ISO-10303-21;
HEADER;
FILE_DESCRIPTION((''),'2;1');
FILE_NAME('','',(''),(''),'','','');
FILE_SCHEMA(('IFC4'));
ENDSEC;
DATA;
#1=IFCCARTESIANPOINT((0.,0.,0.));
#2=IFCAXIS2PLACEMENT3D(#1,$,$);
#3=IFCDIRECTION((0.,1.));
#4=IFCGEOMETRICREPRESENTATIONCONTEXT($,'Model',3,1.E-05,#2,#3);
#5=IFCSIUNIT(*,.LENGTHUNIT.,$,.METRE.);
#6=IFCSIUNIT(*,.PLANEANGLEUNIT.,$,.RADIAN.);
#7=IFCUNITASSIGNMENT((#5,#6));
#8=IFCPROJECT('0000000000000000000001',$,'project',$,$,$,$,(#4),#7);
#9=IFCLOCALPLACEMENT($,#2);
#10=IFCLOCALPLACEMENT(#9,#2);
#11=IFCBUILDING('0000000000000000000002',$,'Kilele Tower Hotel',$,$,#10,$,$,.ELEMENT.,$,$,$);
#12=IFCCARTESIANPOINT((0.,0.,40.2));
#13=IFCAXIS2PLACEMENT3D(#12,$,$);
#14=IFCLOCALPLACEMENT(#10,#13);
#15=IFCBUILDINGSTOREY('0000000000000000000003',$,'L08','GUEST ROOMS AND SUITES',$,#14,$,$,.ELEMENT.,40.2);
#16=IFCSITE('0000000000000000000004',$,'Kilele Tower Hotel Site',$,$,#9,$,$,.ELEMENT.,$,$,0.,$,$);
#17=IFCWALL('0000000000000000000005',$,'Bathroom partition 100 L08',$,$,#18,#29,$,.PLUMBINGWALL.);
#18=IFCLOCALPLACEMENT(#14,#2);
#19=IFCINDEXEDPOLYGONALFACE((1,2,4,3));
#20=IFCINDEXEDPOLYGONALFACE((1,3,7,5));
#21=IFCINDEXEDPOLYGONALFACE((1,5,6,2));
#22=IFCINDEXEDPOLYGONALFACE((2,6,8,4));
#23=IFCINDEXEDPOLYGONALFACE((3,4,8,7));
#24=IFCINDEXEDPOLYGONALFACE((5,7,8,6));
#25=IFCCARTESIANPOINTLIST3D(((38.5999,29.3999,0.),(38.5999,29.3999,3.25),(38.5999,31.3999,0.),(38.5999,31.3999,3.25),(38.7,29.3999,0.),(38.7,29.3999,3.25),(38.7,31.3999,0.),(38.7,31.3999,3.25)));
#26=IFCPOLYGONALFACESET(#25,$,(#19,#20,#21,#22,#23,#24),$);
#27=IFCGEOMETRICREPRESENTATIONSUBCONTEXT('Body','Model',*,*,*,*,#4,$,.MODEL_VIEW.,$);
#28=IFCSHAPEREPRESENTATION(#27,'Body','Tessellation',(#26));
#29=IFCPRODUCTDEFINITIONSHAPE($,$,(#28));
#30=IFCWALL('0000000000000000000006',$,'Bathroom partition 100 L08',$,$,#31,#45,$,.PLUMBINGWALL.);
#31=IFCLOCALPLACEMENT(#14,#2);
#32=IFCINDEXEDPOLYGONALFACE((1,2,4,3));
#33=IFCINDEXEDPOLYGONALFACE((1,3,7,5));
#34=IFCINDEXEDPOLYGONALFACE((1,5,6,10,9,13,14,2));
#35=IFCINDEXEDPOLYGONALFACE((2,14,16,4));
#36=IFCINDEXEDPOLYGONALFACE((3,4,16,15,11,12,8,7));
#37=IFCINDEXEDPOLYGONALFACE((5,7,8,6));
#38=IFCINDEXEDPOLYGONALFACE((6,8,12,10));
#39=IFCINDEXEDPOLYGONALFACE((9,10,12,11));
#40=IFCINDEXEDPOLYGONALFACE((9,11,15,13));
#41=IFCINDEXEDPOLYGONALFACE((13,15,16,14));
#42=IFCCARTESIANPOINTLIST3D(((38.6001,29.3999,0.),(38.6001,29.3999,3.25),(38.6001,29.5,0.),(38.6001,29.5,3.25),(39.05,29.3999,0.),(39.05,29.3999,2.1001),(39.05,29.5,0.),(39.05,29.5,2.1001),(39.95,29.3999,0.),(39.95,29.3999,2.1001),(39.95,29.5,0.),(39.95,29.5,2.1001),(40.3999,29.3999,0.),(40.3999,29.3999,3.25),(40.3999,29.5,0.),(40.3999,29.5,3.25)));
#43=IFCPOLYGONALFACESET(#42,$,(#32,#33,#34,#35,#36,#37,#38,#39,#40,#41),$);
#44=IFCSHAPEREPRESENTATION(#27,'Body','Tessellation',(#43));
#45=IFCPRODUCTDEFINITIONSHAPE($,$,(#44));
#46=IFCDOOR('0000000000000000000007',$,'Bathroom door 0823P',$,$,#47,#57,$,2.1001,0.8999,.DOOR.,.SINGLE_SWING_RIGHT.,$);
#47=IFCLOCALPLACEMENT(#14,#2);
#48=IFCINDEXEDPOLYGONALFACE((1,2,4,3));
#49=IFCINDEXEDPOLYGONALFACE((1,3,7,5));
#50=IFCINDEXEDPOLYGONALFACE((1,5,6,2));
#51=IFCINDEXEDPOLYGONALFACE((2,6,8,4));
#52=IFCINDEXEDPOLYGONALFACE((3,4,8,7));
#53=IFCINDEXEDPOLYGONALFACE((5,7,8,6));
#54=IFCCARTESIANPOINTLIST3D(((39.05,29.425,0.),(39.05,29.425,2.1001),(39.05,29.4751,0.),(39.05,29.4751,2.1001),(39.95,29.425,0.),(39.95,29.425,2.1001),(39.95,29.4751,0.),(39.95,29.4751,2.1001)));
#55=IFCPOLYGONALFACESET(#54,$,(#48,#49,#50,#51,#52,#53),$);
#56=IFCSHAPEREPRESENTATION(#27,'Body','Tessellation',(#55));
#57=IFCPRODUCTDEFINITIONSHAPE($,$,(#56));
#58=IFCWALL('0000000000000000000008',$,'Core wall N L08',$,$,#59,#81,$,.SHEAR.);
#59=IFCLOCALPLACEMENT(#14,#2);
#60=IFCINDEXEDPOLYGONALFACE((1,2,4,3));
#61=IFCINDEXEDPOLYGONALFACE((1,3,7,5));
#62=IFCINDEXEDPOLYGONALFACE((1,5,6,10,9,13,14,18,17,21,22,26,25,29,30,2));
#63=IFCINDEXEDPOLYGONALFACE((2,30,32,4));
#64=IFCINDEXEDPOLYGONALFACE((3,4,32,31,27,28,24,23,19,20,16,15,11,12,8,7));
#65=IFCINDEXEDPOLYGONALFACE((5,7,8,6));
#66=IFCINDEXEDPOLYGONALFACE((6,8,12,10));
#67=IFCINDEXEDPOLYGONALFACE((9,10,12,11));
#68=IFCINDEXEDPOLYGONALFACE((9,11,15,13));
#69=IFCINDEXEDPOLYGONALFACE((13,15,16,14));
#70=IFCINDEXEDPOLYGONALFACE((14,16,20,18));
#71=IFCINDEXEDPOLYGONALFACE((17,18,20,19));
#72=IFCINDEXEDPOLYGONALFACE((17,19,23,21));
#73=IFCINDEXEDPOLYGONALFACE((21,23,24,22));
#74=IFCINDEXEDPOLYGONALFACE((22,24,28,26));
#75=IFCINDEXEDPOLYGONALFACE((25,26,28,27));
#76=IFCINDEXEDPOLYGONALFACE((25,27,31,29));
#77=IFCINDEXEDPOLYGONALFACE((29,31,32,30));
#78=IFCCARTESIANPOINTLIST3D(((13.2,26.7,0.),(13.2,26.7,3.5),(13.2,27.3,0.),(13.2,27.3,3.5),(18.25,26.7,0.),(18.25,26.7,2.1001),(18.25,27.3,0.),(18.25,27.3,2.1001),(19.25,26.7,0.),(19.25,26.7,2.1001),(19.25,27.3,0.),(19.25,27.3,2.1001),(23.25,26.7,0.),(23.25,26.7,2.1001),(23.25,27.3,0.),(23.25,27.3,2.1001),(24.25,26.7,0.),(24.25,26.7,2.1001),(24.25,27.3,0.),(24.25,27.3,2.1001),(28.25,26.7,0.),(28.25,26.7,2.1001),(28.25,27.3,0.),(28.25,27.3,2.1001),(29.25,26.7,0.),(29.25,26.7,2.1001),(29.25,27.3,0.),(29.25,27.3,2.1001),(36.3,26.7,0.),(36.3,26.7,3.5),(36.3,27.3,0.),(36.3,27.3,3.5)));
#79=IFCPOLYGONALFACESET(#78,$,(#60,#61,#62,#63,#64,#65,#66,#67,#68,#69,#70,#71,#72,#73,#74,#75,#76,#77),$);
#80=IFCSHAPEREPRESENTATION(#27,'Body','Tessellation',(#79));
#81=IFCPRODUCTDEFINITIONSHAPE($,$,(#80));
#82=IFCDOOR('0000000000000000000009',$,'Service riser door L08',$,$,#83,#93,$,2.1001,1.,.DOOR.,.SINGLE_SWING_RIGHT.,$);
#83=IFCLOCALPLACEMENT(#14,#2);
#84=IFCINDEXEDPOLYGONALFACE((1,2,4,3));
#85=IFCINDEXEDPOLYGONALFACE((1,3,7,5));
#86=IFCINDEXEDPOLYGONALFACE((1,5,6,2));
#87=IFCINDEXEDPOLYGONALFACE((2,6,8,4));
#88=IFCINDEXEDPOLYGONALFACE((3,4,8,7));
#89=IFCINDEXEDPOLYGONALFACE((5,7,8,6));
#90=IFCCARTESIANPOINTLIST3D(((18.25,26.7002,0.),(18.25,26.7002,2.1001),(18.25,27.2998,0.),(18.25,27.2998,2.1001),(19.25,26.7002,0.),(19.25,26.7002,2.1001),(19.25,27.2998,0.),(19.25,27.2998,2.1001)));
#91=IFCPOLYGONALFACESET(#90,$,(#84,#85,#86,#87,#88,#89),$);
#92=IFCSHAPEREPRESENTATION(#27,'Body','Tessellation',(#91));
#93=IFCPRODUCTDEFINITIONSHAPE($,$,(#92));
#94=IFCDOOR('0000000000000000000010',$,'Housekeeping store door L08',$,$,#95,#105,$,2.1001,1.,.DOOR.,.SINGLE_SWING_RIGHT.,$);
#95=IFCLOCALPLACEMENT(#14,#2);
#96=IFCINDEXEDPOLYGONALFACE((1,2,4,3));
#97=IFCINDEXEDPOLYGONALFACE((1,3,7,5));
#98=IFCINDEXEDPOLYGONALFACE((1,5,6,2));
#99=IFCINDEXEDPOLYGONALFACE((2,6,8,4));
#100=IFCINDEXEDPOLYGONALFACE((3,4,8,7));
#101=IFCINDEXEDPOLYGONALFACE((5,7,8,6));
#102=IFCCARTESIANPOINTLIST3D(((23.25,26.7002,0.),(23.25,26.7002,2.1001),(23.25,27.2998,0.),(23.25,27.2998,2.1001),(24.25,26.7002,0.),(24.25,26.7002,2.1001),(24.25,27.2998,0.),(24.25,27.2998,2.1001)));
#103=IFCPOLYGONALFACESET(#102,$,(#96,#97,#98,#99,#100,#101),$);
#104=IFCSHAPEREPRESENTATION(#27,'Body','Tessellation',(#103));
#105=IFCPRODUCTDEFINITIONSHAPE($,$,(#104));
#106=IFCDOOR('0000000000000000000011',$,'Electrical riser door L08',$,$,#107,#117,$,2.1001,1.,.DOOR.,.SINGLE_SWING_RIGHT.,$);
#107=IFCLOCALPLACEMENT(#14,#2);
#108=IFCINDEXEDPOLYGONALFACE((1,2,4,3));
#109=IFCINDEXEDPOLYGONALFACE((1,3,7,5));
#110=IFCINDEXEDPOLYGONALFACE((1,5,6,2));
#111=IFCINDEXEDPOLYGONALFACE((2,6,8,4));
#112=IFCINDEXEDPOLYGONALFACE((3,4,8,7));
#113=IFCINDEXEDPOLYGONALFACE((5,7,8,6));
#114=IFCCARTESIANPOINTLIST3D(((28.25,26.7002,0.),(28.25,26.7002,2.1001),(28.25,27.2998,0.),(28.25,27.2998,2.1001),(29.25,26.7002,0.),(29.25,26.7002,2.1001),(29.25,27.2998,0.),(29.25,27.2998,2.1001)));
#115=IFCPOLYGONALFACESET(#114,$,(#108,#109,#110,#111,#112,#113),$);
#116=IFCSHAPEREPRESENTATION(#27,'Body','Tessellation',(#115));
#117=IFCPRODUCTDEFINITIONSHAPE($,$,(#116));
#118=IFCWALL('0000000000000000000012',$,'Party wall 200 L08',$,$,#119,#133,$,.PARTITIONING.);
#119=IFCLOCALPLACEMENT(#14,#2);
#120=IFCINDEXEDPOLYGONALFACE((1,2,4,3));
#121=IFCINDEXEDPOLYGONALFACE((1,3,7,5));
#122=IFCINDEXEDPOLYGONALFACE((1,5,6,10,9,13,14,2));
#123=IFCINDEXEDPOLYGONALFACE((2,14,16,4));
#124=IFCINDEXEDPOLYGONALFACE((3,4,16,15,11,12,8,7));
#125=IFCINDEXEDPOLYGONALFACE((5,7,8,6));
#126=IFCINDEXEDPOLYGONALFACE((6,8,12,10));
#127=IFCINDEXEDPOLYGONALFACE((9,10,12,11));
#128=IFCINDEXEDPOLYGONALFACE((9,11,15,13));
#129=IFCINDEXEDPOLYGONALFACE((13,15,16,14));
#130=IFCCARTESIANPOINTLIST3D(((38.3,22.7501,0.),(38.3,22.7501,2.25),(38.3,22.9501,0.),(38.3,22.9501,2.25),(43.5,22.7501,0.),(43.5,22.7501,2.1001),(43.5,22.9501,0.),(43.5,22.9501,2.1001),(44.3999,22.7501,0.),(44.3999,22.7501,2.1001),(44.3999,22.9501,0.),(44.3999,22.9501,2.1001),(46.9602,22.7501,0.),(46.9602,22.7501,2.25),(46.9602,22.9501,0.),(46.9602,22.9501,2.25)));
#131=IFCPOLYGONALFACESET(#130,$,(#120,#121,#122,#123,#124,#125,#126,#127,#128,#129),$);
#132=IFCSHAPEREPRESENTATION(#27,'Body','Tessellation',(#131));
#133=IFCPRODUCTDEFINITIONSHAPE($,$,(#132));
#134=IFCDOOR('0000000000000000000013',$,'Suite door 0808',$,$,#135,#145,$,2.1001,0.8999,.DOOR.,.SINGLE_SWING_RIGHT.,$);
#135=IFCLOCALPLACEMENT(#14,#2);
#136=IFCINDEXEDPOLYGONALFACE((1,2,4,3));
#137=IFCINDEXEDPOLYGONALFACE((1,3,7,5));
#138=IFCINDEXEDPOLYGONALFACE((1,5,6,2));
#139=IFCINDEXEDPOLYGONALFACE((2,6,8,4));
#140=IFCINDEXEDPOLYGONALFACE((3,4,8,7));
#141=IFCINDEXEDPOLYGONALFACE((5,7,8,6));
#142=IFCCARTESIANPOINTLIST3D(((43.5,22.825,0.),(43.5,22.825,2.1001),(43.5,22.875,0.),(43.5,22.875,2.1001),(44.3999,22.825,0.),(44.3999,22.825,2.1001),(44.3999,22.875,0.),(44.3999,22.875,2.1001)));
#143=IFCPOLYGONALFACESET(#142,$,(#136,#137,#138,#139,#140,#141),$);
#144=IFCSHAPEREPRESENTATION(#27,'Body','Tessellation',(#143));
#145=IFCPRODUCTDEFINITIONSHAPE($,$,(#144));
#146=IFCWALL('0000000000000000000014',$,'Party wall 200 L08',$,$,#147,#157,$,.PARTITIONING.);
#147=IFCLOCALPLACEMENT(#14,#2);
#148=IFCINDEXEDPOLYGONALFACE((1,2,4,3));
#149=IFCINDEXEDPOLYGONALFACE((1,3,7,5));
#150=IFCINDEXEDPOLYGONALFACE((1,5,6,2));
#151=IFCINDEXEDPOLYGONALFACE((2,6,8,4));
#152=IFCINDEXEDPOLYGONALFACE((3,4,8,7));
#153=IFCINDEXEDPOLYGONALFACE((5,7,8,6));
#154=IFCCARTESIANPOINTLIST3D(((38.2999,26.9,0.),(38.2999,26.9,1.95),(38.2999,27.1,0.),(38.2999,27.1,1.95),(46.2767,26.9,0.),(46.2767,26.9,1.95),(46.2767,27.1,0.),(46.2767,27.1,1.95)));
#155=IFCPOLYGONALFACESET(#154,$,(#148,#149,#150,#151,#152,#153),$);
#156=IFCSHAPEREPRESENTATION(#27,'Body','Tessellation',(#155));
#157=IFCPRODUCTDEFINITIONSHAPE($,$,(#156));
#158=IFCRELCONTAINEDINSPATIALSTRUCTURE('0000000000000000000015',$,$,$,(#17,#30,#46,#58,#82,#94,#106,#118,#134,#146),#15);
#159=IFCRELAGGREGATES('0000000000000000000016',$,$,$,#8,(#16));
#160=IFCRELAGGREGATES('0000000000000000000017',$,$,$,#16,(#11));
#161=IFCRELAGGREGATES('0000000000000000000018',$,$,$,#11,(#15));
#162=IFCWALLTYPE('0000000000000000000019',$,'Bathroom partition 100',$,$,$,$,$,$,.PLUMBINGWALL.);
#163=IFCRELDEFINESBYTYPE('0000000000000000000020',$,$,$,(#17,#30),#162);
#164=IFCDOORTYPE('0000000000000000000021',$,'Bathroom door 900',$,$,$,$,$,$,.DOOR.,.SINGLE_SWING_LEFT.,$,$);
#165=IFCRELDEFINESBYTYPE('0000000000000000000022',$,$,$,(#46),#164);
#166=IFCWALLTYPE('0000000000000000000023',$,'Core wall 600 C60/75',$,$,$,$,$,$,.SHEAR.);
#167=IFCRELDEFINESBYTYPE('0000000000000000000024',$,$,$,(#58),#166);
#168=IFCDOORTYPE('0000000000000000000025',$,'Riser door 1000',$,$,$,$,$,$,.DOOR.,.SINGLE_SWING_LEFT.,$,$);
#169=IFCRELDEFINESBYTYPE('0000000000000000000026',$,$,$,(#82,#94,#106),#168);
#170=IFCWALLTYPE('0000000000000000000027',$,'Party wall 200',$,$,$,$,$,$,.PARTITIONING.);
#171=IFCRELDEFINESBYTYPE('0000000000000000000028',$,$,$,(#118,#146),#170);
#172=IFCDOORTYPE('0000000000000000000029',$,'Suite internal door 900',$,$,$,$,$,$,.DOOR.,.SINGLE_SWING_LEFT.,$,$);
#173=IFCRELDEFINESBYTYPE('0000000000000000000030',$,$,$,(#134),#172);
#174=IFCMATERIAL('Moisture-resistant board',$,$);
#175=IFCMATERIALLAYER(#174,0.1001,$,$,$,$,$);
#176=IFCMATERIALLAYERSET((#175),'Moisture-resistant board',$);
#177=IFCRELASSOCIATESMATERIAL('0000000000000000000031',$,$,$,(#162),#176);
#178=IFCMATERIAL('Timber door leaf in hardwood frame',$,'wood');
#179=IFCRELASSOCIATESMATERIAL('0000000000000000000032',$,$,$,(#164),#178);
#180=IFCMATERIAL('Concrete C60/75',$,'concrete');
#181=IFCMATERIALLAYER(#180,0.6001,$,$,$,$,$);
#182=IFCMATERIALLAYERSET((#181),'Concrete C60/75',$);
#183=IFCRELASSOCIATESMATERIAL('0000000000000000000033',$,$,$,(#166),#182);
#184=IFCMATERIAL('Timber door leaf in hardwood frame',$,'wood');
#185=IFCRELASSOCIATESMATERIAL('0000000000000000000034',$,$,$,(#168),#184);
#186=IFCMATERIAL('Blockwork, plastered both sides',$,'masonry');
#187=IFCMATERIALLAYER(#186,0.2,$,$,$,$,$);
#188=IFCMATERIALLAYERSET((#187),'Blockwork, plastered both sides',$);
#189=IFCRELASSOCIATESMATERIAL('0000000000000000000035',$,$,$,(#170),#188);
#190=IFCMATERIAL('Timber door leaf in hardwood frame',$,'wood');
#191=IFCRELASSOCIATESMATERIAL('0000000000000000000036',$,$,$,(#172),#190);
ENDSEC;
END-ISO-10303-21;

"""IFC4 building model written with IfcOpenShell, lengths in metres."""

from ifc_helpers import new_model, si_unit, direction, frame, frame_2d, origin, place, context, subcontext, project, spatial, rectangle, extrude, material, layer, layer_set, type_object, element, fill, save


model = new_model("IFC4")

# Units and contexts
model_context = context("Model", 3, precision=1e-05, world=origin(), true_north=direction((0.0, 1.0)))
body_context = subcontext(model_context, "Body", "Model", "MODEL_VIEW")
ifc_project = project(units=[si_unit("LENGTHUNIT", "METRE"), si_unit("PLANEANGLEUNIT", "RADIAN")], contexts=[model_context])

# Site, building, storey
site_placement = place(None, origin())
site = spatial("IfcSite", under=ifc_project, at=site_placement, Name="Kilele Tower Hotel Site", CompositionType="ELEMENT", RefElevation=0.0)
building_placement = place(site_placement, origin())
building = spatial("IfcBuilding", under=site, at=building_placement, Name="Kilele Tower Hotel", CompositionType="ELEMENT")
storey_placement = place(building_placement, frame((0.0, 0.0, 40.2)))
storey = spatial("IfcBuildingStorey", under=building, at=storey_placement, Name="L08", Description="GUEST ROOMS AND SUITES", CompositionType="ELEMENT", Elevation=40.2)

# Shared definitions
ifc_material_1 = material(Name="Moisture-resistant board")
ifc_layer_1 = layer(ifc_material_1, 0.1001)
ifc_layer_set_1 = layer_set([ifc_layer_1], Name="Moisture-resistant board")
wall_type_1 = type_object("IfcWallType", Name="Bathroom partition 100", PredefinedType="PLUMBINGWALL", material=ifc_layer_set_1)
ifc_material_2 = material(Name="Timber door leaf in hardwood frame", Category="wood")
door_type_1 = type_object("IfcDoorType", Name="Bathroom door 900", OperationType="SINGLE_SWING_LEFT", PredefinedType="DOOR", material=ifc_material_2)

# Wall
wall_1_placement = place(storey_placement, frame((38.6499, 31.3999, 0.0), z_axis=(0.0, 0.0, 1.0), x_axis=(0.0, -1.0, 0.0)))
element("IfcWall", 1, at=wall_1_placement, inside=storey, type_object=wall_type_1, Name="Bathroom partition 100 L08", PredefinedType="PLUMBINGWALL", context=body_context, shape_type="SweptSolid", body=[
    extrude(rectangle(XDim=2.0, YDim=0.1001, at=frame_2d((1.0, 0.0))), origin(), (0.0, 0.0, 1.0), 3.25),
])

# Wall, opening, door
wall_2_placement = place(storey_placement, frame((38.6001, 29.45, 0.0), z_axis=(0.0, 0.0, 1.0), x_axis=(1.0, 0.0, 0.0)))
wall_2 = element("IfcWall", 2, at=wall_2_placement, inside=storey, type_object=wall_type_1, Name="Bathroom partition 100 L08", PredefinedType="PLUMBINGWALL", context=body_context, shape_type="SweptSolid", body=[
    extrude(rectangle(XDim=1.7998, YDim=0.1001, at=frame_2d((0.8999, 0.0))), origin(), (0.0, 0.0, 1.0), 3.25),
])
opening_1_placement = place(wall_2_placement, frame((1.3499, 0.0, 0.0), z_axis=(0.0, 0.0, 1.0), x_axis=(-1.0, 0.0, 0.0)))
opening_1 = element("IfcOpeningElement", 3, at=opening_1_placement, cuts=wall_2, PredefinedType="OPENING", context=body_context, shape_type="SweptSolid", body=[
    extrude(rectangle(XDim=0.8999, YDim=2.1001, at=frame_2d((0.45, 1.05))), frame((0.0, 0.0601, 0.0), z_axis=(0.0, -1.0, 0.0), x_axis=(1.0, 0.0, 0.0)), (0.0, 0.0, 1.0), 0.1201),
])
door_1_placement = place(opening_1_placement, origin())
door_1 = element("IfcDoor", 4, at=door_1_placement, inside=storey, type_object=door_type_1, Name="Bathroom door 0823P", OperationType="SINGLE_SWING_RIGHT", OverallHeight=2.1001, OverallWidth=0.8999, PredefinedType="DOOR", context=body_context, shape_type="SweptSolid", body=[
    extrude(rectangle(XDim=0.8999, YDim=2.1001, at=frame_2d((0.45, 1.05))), frame((0.0, 0.0249, 0.0), z_axis=(0.0, -1.0, 0.0), x_axis=(1.0, 0.0, 0.0)), (0.0, 0.0, 1.0), 0.05),
])
fill(opening_1, door_1)

# Wall, openings, doors
ifc_material_3 = material(Name="Concrete C60/75", Category="concrete")
ifc_layer_2 = layer(ifc_material_3, 0.6001)
ifc_layer_set_2 = layer_set([ifc_layer_2], Name="Concrete C60/75")
wall_type_2 = type_object("IfcWallType", Name="Core wall 600 C60/75", PredefinedType="SHEAR", material=ifc_layer_set_2)
wall_3_placement = place(storey_placement, frame((36.3, 27.0, 0.0), z_axis=(0.0, 0.0, 1.0), x_axis=(-1.0, 0.0, 0.0)))
wall_3 = element("IfcWall", 5, at=wall_3_placement, inside=storey, type_object=wall_type_2, Name="Core wall N L08", PredefinedType="SHEAR", context=body_context, shape_type="SweptSolid", body=[
    extrude(rectangle(XDim=23.1001, YDim=0.6001, at=frame_2d((11.55, 0.0))), origin(), (0.0, 0.0, 1.0), 3.5),
])
opening_2_placement = place(wall_3_placement, frame((17.05, 0.0, 0.0)))
opening_2 = element("IfcOpeningElement", 6, at=opening_2_placement, cuts=wall_3, PredefinedType="OPENING", context=body_context, shape_type="SweptSolid", body=[
    extrude(rectangle(XDim=1.0, YDim=2.1001, at=frame_2d((0.5, 1.05))), frame((0.0, 0.3101, 0.0), z_axis=(0.0, -1.0, 0.0), x_axis=(1.0, 0.0, 0.0)), (0.0, 0.0, 1.0), 0.6201),
])
opening_3_placement = place(wall_3_placement, frame((12.05, 0.0, 0.0)))
opening_3 = element("IfcOpeningElement", 7, at=opening_3_placement, cuts=wall_3, PredefinedType="OPENING", context=body_context, shape_type="SweptSolid", body=[
    extrude(rectangle(XDim=1.0, YDim=2.1001, at=frame_2d((0.5, 1.05))), frame((0.0, 0.3101, 0.0), z_axis=(0.0, -1.0, 0.0), x_axis=(1.0, 0.0, 0.0)), (0.0, 0.0, 1.0), 0.6201),
])
opening_4_placement = place(wall_3_placement, frame((7.05, 0.0, 0.0)))
opening_4 = element("IfcOpeningElement", 8, at=opening_4_placement, cuts=wall_3, PredefinedType="OPENING", context=body_context, shape_type="SweptSolid", body=[
    extrude(rectangle(XDim=1.0, YDim=2.1001, at=frame_2d((0.5, 1.05))), frame((0.0, 0.3101, 0.0), z_axis=(0.0, -1.0, 0.0), x_axis=(1.0, 0.0, 0.0)), (0.0, 0.0, 1.0), 0.6201),
])
ifc_material_4 = material(Name="Timber door leaf in hardwood frame", Category="wood")
door_type_2 = type_object("IfcDoorType", Name="Riser door 1000", OperationType="SINGLE_SWING_LEFT", PredefinedType="DOOR", material=ifc_material_4)
door_2_placement = place(opening_2_placement, origin())
door_2 = element("IfcDoor", 9, at=door_2_placement, inside=storey, type_object=door_type_2, Name="Service riser door L08", OperationType="SINGLE_SWING_RIGHT", OverallHeight=2.1001, OverallWidth=1.0, PredefinedType="DOOR", context=body_context, shape_type="SweptSolid", body=[
    extrude(rectangle(XDim=1.0, YDim=2.1001, at=frame_2d((0.5, 1.05))), frame((0.0, 0.2998, 0.0), z_axis=(0.0, -1.0, 0.0), x_axis=(1.0, 0.0, 0.0)), (0.0, 0.0, 1.0), 0.5996),
])
fill(opening_2, door_2)
door_3_placement = place(opening_3_placement, origin())
door_3 = element("IfcDoor", 10, at=door_3_placement, inside=storey, type_object=door_type_2, Name="Housekeeping store door L08", OperationType="SINGLE_SWING_RIGHT", OverallHeight=2.1001, OverallWidth=1.0, PredefinedType="DOOR", context=body_context, shape_type="SweptSolid", body=[
    extrude(rectangle(XDim=1.0, YDim=2.1001, at=frame_2d((0.5, 1.05))), frame((0.0, 0.2998, 0.0), z_axis=(0.0, -1.0, 0.0), x_axis=(1.0, 0.0, 0.0)), (0.0, 0.0, 1.0), 0.5996),
])
fill(opening_3, door_3)
door_4_placement = place(opening_4_placement, origin())
door_4 = element("IfcDoor", 11, at=door_4_placement, inside=storey, type_object=door_type_2, Name="Electrical riser door L08", OperationType="SINGLE_SWING_RIGHT", OverallHeight=2.1001, OverallWidth=1.0, PredefinedType="DOOR", context=body_context, shape_type="SweptSolid", body=[
    extrude(rectangle(XDim=1.0, YDim=2.1001, at=frame_2d((0.5, 1.05))), frame((0.0, 0.2998, 0.0), z_axis=(0.0, -1.0, 0.0), x_axis=(1.0, 0.0, 0.0)), (0.0, 0.0, 1.0), 0.5996),
])
fill(opening_4, door_4)

# Wall, opening, door
ifc_material_5 = material(Name="Blockwork, plastered both sides", Category="masonry")
ifc_layer_3 = layer(ifc_material_5, 0.2)
ifc_layer_set_3 = layer_set([ifc_layer_3], Name="Blockwork, plastered both sides")
wall_type_3 = type_object("IfcWallType", Name="Party wall 200", PredefinedType="PARTITIONING", material=ifc_layer_set_3)
wall_4_placement = place(storey_placement, frame((38.3, 22.8501, 0.0), z_axis=(0.0, 0.0, 1.0), x_axis=(1.0, 0.0, 0.0)))
wall_4 = element("IfcWall", 12, at=wall_4_placement, inside=storey, type_object=wall_type_3, Name="Party wall 200 L08", PredefinedType="PARTITIONING", context=body_context, shape_type="SweptSolid", body=[
    extrude(rectangle(XDim=8.6602, YDim=0.2, at=frame_2d((4.3301, 0.0))), origin(), (0.0, 0.0, 1.0), 2.25),
])
opening_5_placement = place(wall_4_placement, frame((5.2, 0.0, 0.0)))
opening_5 = element("IfcOpeningElement", 13, at=opening_5_placement, cuts=wall_4, PredefinedType="OPENING", context=body_context, shape_type="SweptSolid", body=[
    extrude(rectangle(XDim=0.8999, YDim=2.1001, at=frame_2d((0.45, 1.05))), frame((0.0, 0.1099, 0.0), z_axis=(0.0, -1.0, 0.0), x_axis=(1.0, 0.0, 0.0)), (0.0, 0.0, 1.0), 0.22),
])
ifc_material_6 = material(Name="Timber door leaf in hardwood frame", Category="wood")
door_type_3 = type_object("IfcDoorType", Name="Suite internal door 900", OperationType="SINGLE_SWING_LEFT", PredefinedType="DOOR", material=ifc_material_6)
door_5_placement = place(opening_5_placement, origin())
door_5 = element("IfcDoor", 14, at=door_5_placement, inside=storey, type_object=door_type_3, Name="Suite door 0808", OperationType="SINGLE_SWING_RIGHT", OverallHeight=2.1001, OverallWidth=0.8999, PredefinedType="DOOR", context=body_context, shape_type="SweptSolid", body=[
    extrude(rectangle(XDim=0.8999, YDim=2.1001, at=frame_2d((0.45, 1.05))), frame((0.0, 0.0249, 0.0), z_axis=(0.0, -1.0, 0.0), x_axis=(1.0, 0.0, 0.0)), (0.0, 0.0, 1.0), 0.05),
])
fill(opening_5, door_5)

# Wall
wall_5_placement = place(storey_placement, frame((38.3, 27.0, 0.0), z_axis=(0.0, 0.0, 1.0), x_axis=(1.0, 0.0, 0.0)))
element("IfcWall", 15, at=wall_5_placement, inside=storey, type_object=wall_type_3, Name="Party wall 200 L08", PredefinedType="PARTITIONING", context=body_context, shape_type="SweptSolid", body=[
    extrude(rectangle(XDim=7.9768, YDim=0.2, at=frame_2d((3.9883, 0.0))), origin(), (0.0, 0.0, 1.0), 1.95),
])

save(model, "model.ifc")
